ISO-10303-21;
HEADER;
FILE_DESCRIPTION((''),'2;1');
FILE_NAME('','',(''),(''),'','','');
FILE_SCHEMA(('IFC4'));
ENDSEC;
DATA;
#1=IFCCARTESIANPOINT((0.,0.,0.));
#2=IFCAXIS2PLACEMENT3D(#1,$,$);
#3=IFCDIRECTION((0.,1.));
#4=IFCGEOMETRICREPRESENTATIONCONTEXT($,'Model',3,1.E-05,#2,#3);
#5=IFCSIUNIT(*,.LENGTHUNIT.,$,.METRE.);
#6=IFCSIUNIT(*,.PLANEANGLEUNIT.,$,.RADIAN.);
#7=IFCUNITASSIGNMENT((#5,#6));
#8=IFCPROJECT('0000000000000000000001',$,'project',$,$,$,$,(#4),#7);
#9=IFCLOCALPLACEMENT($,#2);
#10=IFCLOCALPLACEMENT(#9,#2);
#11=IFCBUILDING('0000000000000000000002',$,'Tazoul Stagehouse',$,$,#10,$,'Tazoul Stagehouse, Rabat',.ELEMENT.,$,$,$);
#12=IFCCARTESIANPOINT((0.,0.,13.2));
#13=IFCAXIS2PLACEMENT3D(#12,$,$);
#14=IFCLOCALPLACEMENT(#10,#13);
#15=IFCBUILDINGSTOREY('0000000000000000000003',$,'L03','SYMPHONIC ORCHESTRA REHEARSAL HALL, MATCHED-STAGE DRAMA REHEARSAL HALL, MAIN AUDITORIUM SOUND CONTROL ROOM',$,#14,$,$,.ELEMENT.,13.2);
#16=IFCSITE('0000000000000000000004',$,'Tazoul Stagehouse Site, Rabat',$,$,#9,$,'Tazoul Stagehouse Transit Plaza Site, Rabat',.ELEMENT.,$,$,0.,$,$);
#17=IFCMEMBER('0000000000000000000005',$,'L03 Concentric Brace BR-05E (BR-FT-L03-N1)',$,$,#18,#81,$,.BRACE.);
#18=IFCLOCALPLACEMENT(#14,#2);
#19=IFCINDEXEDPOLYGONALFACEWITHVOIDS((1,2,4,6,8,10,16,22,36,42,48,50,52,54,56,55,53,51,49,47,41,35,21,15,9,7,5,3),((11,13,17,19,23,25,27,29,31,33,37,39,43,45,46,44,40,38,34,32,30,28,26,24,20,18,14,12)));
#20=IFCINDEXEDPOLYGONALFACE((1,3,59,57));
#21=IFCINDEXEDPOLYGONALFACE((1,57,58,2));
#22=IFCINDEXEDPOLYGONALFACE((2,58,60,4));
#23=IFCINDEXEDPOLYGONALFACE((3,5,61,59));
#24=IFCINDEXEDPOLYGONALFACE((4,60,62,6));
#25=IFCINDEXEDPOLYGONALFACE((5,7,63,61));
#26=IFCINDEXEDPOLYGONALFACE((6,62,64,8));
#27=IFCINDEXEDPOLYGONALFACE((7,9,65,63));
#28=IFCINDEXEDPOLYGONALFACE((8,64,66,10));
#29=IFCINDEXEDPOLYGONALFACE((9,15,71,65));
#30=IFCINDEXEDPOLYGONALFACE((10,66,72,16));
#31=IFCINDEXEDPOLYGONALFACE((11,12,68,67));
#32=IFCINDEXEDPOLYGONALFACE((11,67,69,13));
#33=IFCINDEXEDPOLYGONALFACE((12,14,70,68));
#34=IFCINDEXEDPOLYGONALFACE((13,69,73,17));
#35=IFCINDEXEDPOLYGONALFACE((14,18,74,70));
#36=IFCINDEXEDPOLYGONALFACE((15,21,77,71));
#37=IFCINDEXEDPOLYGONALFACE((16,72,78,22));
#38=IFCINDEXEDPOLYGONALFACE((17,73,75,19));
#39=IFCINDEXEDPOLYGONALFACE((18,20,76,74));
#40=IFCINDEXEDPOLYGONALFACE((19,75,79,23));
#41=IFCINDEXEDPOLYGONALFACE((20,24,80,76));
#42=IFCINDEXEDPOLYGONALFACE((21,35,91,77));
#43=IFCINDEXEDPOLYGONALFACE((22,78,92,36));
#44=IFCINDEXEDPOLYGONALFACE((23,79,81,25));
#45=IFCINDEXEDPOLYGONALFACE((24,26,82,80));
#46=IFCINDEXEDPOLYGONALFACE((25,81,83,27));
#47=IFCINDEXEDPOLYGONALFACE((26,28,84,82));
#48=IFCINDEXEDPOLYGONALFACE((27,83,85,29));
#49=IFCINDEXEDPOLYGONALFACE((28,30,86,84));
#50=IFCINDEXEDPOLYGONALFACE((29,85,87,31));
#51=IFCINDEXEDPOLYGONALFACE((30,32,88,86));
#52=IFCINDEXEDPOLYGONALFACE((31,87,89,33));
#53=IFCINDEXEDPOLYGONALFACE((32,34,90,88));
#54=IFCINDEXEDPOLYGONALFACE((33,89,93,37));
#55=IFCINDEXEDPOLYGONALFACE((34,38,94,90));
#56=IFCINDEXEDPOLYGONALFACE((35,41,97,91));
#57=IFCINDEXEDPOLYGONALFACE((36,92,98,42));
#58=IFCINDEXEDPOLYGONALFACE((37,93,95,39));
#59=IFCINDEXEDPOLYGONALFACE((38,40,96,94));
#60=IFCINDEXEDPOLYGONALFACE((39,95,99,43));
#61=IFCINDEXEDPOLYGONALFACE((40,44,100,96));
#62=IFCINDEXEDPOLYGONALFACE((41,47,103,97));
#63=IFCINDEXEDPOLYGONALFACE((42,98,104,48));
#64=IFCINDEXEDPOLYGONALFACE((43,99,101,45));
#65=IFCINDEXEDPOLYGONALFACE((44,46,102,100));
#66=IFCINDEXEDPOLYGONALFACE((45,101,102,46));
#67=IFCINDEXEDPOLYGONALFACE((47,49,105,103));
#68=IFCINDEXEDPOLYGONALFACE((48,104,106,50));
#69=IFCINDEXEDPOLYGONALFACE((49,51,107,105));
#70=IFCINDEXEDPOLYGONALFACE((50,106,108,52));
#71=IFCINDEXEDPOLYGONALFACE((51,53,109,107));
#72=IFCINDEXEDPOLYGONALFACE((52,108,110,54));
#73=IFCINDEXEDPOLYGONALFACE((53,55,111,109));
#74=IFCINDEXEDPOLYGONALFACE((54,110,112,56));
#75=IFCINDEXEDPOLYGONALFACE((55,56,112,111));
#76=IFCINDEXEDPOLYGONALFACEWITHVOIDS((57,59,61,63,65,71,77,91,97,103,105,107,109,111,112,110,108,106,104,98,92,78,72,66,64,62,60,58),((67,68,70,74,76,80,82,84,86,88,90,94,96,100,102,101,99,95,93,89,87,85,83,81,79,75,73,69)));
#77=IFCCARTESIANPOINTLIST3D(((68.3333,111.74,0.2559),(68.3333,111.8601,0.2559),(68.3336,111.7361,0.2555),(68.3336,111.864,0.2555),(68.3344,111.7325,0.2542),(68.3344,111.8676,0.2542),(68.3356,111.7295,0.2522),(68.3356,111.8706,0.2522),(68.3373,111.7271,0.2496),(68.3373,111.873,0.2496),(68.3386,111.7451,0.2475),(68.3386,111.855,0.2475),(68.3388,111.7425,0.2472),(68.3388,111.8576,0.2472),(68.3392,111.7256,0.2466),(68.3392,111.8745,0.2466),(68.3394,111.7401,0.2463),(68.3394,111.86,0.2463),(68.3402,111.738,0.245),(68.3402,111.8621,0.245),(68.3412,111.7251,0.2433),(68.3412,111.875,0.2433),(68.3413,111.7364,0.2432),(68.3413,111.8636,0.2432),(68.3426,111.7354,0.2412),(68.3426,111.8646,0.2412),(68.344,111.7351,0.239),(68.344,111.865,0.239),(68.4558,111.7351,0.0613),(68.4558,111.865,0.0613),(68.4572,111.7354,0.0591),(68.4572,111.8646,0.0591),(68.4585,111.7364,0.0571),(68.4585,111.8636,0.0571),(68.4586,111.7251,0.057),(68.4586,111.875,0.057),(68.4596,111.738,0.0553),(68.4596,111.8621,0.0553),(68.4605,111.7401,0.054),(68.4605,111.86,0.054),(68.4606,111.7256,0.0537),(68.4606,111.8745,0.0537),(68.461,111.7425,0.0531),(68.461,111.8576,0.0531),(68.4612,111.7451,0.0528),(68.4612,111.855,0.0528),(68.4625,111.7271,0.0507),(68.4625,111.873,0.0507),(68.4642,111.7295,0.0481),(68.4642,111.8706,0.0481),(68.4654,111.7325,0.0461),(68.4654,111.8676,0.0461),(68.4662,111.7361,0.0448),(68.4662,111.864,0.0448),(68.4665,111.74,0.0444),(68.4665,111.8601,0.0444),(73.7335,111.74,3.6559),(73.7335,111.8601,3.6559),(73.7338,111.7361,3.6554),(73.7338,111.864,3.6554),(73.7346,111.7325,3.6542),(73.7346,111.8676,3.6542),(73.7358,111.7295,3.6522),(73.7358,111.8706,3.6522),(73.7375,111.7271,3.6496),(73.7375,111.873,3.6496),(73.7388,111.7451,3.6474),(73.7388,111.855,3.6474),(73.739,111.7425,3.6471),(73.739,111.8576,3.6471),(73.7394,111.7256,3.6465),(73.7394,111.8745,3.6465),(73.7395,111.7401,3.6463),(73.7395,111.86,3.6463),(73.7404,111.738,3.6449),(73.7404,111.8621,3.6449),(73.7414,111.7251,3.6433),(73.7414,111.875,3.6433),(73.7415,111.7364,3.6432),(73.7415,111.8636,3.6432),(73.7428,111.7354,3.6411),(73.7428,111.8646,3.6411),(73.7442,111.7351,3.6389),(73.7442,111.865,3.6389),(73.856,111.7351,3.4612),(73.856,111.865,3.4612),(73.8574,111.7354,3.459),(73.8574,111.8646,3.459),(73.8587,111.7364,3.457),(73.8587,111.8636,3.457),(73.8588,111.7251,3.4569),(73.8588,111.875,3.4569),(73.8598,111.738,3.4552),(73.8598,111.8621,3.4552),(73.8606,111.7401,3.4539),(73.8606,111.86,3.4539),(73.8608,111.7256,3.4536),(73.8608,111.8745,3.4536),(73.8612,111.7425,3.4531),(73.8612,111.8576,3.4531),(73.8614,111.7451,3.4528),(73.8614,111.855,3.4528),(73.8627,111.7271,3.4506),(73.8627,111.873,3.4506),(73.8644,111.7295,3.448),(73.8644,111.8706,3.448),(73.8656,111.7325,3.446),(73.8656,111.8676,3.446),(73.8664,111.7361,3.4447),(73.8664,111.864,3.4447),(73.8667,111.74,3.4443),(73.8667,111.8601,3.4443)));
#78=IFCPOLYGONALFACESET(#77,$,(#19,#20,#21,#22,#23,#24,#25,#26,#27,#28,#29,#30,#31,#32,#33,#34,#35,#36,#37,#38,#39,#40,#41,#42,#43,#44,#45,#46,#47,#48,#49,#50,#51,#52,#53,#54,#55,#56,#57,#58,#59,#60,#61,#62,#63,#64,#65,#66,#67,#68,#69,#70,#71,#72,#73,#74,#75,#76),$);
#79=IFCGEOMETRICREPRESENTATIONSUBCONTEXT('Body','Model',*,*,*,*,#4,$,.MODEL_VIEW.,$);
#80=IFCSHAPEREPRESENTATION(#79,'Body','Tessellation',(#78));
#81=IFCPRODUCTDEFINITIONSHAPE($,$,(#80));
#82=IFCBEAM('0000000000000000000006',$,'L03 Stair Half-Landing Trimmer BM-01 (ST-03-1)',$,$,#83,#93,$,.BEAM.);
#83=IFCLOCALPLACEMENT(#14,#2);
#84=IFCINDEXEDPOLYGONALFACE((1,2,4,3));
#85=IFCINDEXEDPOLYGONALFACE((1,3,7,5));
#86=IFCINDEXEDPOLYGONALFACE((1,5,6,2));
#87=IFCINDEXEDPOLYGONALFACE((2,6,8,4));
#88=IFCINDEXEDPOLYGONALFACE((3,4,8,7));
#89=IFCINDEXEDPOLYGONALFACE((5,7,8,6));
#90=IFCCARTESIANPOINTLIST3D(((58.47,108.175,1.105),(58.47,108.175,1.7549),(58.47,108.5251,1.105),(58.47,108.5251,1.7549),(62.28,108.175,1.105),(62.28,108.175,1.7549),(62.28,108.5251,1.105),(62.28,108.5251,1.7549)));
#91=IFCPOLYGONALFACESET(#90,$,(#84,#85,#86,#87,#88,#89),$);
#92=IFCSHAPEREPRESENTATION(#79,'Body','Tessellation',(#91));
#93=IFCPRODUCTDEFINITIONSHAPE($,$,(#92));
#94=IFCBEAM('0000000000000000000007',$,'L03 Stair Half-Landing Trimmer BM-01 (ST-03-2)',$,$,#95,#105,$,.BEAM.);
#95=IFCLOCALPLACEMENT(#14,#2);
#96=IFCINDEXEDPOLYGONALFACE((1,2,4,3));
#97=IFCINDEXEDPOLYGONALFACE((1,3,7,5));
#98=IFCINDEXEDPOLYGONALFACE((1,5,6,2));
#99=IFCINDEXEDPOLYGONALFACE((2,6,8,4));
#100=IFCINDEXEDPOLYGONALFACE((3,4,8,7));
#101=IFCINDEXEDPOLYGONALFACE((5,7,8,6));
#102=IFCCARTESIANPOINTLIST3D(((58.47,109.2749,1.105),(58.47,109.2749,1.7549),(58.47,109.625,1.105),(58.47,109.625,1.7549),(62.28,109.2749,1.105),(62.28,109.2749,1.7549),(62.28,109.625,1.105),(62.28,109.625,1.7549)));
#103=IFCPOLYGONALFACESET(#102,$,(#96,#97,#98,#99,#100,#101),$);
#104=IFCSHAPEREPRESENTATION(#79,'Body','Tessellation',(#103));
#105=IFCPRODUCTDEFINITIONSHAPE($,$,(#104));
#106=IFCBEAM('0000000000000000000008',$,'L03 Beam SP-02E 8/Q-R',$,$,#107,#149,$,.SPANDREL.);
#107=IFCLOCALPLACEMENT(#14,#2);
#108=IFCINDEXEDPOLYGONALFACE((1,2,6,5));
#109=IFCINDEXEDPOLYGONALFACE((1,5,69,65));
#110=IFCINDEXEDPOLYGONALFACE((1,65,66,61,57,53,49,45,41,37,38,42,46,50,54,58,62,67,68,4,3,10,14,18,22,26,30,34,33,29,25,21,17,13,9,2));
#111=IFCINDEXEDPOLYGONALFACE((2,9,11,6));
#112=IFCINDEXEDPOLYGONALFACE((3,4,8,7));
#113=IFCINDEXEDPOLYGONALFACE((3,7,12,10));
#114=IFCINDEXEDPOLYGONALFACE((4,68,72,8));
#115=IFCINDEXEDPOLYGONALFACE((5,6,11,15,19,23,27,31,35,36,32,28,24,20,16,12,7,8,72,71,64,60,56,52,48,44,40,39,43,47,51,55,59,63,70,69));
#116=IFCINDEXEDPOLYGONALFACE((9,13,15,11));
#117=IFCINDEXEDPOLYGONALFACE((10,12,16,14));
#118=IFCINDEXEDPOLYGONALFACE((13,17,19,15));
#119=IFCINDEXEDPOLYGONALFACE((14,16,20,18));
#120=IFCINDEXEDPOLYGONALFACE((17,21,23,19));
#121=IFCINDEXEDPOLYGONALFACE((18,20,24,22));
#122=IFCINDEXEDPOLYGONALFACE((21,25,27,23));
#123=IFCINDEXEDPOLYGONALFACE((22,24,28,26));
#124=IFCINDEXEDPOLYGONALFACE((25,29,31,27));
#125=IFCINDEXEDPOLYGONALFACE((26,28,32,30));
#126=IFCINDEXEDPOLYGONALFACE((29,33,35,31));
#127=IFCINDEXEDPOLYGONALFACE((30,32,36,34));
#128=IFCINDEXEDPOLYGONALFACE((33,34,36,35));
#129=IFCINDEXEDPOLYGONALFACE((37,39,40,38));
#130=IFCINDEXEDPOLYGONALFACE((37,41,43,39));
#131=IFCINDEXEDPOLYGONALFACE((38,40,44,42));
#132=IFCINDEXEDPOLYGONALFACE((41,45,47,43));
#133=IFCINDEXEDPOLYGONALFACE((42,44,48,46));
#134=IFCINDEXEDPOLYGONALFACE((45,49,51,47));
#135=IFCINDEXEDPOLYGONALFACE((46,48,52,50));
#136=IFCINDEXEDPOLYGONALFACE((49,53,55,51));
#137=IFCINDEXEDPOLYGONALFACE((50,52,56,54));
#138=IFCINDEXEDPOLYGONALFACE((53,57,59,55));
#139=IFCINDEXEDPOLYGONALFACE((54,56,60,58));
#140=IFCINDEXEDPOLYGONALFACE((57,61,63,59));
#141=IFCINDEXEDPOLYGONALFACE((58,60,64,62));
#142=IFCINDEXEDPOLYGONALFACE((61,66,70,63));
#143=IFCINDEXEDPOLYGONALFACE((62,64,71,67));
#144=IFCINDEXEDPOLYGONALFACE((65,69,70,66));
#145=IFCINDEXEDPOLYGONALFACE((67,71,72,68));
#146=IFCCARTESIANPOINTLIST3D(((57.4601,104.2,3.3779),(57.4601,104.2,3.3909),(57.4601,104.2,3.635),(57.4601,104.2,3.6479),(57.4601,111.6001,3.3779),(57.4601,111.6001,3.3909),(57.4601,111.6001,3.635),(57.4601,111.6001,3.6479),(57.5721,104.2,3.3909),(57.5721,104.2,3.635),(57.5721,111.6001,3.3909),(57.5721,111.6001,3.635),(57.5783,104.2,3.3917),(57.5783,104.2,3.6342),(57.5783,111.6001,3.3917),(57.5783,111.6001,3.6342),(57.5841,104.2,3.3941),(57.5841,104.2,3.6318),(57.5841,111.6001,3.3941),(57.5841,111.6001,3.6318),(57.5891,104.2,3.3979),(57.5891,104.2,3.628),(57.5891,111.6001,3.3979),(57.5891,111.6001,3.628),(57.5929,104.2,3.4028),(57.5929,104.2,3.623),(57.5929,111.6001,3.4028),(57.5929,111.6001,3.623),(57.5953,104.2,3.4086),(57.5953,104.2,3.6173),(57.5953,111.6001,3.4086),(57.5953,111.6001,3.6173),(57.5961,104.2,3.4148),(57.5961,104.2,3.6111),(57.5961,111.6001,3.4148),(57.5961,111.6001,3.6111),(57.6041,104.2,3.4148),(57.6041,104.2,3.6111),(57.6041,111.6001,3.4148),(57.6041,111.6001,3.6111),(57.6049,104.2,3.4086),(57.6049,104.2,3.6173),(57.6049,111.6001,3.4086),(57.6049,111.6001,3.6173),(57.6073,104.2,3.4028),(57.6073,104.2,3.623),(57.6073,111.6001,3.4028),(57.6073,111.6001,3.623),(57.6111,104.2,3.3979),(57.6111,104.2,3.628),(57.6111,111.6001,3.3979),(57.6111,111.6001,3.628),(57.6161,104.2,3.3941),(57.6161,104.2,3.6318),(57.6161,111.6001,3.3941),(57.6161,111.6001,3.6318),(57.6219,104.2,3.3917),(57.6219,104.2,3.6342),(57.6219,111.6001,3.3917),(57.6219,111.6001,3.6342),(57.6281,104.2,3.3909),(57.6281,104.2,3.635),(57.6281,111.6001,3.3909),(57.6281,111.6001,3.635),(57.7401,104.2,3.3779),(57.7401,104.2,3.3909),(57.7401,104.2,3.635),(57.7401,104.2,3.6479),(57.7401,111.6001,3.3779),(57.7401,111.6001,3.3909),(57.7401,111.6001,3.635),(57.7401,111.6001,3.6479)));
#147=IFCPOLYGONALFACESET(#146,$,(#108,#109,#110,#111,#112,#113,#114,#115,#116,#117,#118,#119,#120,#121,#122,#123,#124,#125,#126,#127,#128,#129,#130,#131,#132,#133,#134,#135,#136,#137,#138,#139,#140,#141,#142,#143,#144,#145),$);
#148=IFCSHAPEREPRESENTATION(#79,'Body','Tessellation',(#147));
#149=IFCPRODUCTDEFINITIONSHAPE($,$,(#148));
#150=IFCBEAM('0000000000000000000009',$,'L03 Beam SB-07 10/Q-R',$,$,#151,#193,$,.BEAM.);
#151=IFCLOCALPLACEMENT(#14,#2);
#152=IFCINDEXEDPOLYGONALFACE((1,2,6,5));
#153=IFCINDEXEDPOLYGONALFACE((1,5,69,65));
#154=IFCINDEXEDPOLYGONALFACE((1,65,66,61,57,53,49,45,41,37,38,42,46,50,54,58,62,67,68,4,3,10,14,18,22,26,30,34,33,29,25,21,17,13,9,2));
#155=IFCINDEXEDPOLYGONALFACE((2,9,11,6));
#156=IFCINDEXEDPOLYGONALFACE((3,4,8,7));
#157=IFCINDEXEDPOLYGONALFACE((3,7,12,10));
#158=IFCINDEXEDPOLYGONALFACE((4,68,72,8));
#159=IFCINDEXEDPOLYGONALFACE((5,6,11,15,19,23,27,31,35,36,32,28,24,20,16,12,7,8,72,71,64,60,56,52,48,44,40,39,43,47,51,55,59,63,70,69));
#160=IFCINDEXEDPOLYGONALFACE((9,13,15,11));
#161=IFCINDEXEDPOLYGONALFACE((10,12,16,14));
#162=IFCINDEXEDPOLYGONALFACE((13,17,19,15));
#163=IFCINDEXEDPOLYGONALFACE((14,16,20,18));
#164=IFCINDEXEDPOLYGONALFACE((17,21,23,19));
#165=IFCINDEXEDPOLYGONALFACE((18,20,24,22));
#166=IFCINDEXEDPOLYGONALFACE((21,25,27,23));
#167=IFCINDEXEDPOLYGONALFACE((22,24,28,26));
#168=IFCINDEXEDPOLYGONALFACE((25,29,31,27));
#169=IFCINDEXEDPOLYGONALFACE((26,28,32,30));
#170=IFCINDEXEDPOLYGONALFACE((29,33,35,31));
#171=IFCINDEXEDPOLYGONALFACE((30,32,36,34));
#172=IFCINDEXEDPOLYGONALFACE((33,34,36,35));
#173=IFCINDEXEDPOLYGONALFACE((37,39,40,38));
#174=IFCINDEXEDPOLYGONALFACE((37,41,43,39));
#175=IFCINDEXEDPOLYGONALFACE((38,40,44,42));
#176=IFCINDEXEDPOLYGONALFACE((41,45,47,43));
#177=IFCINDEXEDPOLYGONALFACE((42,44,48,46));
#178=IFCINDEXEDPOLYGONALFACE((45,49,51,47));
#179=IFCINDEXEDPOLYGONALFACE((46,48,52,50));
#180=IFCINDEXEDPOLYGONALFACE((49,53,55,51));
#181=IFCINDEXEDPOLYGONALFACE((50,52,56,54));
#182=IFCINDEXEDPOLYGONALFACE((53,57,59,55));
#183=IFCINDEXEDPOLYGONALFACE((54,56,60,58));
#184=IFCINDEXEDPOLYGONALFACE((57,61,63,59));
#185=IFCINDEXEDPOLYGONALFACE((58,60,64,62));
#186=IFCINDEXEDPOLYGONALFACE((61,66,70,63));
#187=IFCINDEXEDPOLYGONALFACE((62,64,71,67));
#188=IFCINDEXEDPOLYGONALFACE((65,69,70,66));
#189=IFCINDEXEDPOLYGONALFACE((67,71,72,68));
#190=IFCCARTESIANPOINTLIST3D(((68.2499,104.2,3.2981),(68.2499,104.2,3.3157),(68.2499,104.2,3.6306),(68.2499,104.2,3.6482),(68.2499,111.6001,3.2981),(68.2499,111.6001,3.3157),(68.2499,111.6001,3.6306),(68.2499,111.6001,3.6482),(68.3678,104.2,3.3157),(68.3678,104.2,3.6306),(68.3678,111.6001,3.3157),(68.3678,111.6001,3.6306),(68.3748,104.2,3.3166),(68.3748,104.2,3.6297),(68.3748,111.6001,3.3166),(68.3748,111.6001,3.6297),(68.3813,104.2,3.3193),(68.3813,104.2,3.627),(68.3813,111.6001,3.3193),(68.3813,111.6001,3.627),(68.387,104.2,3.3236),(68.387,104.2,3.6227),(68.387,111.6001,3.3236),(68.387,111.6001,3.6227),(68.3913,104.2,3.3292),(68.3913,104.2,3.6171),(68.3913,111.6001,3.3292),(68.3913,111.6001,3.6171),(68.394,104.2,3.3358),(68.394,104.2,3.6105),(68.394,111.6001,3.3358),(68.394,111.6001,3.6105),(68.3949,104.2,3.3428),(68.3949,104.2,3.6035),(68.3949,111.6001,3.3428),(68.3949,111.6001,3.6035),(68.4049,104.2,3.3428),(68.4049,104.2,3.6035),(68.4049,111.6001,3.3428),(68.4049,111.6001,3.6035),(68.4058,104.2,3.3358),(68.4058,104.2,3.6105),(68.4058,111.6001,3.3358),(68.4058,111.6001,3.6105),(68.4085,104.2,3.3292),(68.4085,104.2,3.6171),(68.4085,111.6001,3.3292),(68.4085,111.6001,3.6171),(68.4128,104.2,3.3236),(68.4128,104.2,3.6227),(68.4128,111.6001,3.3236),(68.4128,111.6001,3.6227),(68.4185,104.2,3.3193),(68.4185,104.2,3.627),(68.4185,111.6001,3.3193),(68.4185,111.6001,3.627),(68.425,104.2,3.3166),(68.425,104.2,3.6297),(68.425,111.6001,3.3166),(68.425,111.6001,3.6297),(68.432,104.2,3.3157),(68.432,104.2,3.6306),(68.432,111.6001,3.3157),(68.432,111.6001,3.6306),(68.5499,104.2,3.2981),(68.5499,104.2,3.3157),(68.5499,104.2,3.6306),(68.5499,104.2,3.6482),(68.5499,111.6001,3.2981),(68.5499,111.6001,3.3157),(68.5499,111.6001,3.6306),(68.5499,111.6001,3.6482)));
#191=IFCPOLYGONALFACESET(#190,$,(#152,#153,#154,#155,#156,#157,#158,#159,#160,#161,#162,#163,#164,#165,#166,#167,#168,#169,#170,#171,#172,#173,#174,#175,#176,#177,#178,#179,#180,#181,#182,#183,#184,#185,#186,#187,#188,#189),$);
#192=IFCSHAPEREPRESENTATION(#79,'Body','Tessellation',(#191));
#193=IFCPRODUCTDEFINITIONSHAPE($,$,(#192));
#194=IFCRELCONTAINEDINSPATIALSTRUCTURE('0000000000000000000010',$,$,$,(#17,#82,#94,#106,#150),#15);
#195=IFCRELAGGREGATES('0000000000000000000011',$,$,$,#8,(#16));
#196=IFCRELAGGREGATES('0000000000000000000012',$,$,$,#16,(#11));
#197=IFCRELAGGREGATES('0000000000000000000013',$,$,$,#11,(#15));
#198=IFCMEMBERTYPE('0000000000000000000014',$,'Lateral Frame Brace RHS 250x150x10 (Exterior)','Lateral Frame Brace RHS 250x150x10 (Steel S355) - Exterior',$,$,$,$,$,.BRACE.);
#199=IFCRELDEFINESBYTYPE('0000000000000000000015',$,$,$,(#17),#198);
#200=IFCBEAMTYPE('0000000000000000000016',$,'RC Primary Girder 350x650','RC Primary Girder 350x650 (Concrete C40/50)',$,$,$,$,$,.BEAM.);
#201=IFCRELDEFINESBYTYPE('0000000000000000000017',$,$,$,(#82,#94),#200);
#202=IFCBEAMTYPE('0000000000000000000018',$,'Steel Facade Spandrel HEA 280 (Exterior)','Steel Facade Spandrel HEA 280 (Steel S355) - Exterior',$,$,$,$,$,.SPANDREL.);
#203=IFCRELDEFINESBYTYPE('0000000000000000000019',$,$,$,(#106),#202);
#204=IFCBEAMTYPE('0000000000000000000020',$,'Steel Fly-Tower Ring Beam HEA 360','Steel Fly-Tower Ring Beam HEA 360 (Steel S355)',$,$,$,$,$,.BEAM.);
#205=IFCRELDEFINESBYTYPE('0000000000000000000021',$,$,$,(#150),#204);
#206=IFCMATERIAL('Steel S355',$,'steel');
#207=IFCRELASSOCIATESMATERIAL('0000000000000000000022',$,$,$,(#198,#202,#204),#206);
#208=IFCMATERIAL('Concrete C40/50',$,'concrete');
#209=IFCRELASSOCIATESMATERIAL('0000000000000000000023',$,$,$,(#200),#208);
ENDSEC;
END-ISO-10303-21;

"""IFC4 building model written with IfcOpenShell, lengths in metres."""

from ifc_helpers import new_model, si_unit, direction, frame, origin, origin_2d, place, context, subcontext, project, spatial, rectangle, hollow_rectangle, i_section, extrude, material, material_profile, profile_set, type_object, element, save


model = new_model("IFC4")

# Units and contexts
model_context = context("Model", 3, precision=1e-05, world=origin(), true_north=direction((0.0, 1.0)))
body_context = subcontext(model_context, "Body", "Model", "MODEL_VIEW")
ifc_project = project(units=[si_unit("LENGTHUNIT", "METRE"), si_unit("PLANEANGLEUNIT", "RADIAN")], contexts=[model_context])

# Site, building, storey
site_placement = place(None, origin())
site = spatial("IfcSite", under=ifc_project, at=site_placement, Name="Tazoul Stagehouse Site, Rabat", LongName="Tazoul Stagehouse Transit Plaza Site, Rabat", CompositionType="ELEMENT", RefElevation=0.0)
building_placement = place(site_placement, origin())
building = spatial("IfcBuilding", under=site, at=building_placement, Name="Tazoul Stagehouse", LongName="Tazoul Stagehouse, Rabat", CompositionType="ELEMENT")
storey_placement = place(building_placement, frame((0.0, 0.0, 13.2)))
storey = spatial("IfcBuildingStorey", under=building, at=storey_placement, Name="L03", Description="SYMPHONIC ORCHESTRA REHEARSAL HALL, MATCHED-STAGE DRAMA REHEARSAL HALL, MAIN AUDITORIUM SOUND CONTROL ROOM", CompositionType="ELEMENT", Elevation=13.2)

# Shared definitions
ifc_material_1 = material(Name="Steel S355", Category="steel")

# Member
ifc_material_profile_1 = material_profile(ifc_material_1, hollow_rectangle(XDim=0.1499, YDim=0.25, WallThickness=0.01, InnerFilletRadius=0.01, OuterFilletRadius=0.0149, at=origin_2d()), Name="RHS 250x150x10")
ifc_profile_set_1 = profile_set([ifc_material_profile_1], Name="Steel S355")
member_type = type_object("IfcMemberType", Name="Lateral Frame Brace RHS 250x150x10 (Exterior)", Description="Lateral Frame Brace RHS 250x150x10 (Steel S355) - Exterior", PredefinedType="BRACE", material=ifc_profile_set_1)
member_placement = place(storey_placement, frame((68.3999, 111.8, 0.1501), z_axis=(0.846246, 0.0, 0.532792), x_axis=(0.0, 1.0, 0.0)))
element("IfcMember", 1, at=member_placement, inside=storey, type_object=member_type, Name="L03 Concentric Brace BR-05E (BR-FT-L03-N1)", PredefinedType="BRACE", context=body_context, shape_type="SweptSolid", body=[
    extrude(hollow_rectangle(XDim=0.1499, YDim=0.25, WallThickness=0.01, InnerFilletRadius=0.01, OuterFilletRadius=0.0149, at=origin_2d()), origin(), (0.0, 0.0, 1.0), 6.3813),
])

# Beams
ifc_material_2 = material(Name="Concrete C40/50", Category="concrete")
ifc_material_profile_2 = material_profile(ifc_material_2, rectangle(XDim=0.3501, YDim=0.6499, at=origin_2d()), Name="RC 350x650")
ifc_profile_set_2 = profile_set([ifc_material_profile_2], Name="Concrete C40/50")
beam_type_1 = type_object("IfcBeamType", Name="RC Primary Girder 350x650", Description="RC Primary Girder 350x650 (Concrete C40/50)", PredefinedType="BEAM", material=ifc_profile_set_2)
for number, where, z_axis, x_axis, name in (
    (2, (58.47, 108.3501, 1.4299), (1.0, 0.0, 0.0), (0.0, 1.0, 0.0), "L03 Stair Half-Landing Trimmer BM-01 (ST-03-1)"),
    (3, (58.47, 109.45, 1.4299), (1.0, 0.0, 0.0), (0.0, 1.0, 0.0), "L03 Stair Half-Landing Trimmer BM-01 (ST-03-2)"),
):
    element("IfcBeam", number, at=place(storey_placement, frame(where, z_axis=z_axis, x_axis=x_axis)), inside=storey, type_object=beam_type_1, Name=name, PredefinedType="BEAM", context=body_context, shape_type="SweptSolid", body=[
        extrude(rectangle(XDim=0.3501, YDim=0.6499, at=origin_2d()), origin(), (0.0, 0.0, 1.0), 3.8101),
    ])
ifc_material_profile_3 = material_profile(ifc_material_1, i_section(OverallWidth=0.28, OverallDepth=0.27, WebThickness=0.0081, FlangeThickness=0.0129, FilletRadius=0.0239, at=origin_2d()), Name="HEA 280")
ifc_profile_set_3 = profile_set([ifc_material_profile_3], Name="Steel S355")
beam_type_2 = type_object("IfcBeamType", Name="Steel Facade Spandrel HEA 280 (Exterior)", Description="Steel Facade Spandrel HEA 280 (Steel S355) - Exterior", PredefinedType="SPANDREL", material=ifc_profile_set_3)
beam_1_placement = place(storey_placement, frame((57.6001, 104.2, 3.5129), z_axis=(0.0, 1.0, 0.0), x_axis=(-1.0, 0.0, 0.0)))
element("IfcBeam", 4, at=beam_1_placement, inside=storey, type_object=beam_type_2, Name="L03 Beam SP-02E 8/Q-R", PredefinedType="SPANDREL", context=body_context, shape_type="SweptSolid", body=[
    extrude(i_section(OverallWidth=0.28, OverallDepth=0.27, WebThickness=0.0081, FlangeThickness=0.0129, FilletRadius=0.0239, at=origin_2d()), origin(), (0.0, 0.0, 1.0), 7.4001),
])
ifc_material_profile_4 = material_profile(ifc_material_1, i_section(OverallWidth=0.3, OverallDepth=0.3501, WebThickness=0.01, FlangeThickness=0.0176, FilletRadius=0.0271, at=origin_2d()), Name="HEA 360")
ifc_profile_set_4 = profile_set([ifc_material_profile_4], Name="Steel S355")
beam_type_3 = type_object("IfcBeamType", Name="Steel Fly-Tower Ring Beam HEA 360", Description="Steel Fly-Tower Ring Beam HEA 360 (Steel S355)", PredefinedType="BEAM", material=ifc_profile_set_4)
beam_2_placement = place(storey_placement, frame((68.3999, 104.2, 3.4731), z_axis=(0.0, 1.0, 0.0), x_axis=(-1.0, 0.0, 0.0)))
element("IfcBeam", 5, at=beam_2_placement, inside=storey, type_object=beam_type_3, Name="L03 Beam SB-07 10/Q-R", PredefinedType="BEAM", context=body_context, shape_type="SweptSolid", body=[
    extrude(i_section(OverallWidth=0.3, OverallDepth=0.3501, WebThickness=0.01, FlangeThickness=0.0176, FilletRadius=0.0271, at=origin_2d()), origin(), (0.0, 0.0, 1.0), 7.4001),
])

save(model, "model.ifc")
